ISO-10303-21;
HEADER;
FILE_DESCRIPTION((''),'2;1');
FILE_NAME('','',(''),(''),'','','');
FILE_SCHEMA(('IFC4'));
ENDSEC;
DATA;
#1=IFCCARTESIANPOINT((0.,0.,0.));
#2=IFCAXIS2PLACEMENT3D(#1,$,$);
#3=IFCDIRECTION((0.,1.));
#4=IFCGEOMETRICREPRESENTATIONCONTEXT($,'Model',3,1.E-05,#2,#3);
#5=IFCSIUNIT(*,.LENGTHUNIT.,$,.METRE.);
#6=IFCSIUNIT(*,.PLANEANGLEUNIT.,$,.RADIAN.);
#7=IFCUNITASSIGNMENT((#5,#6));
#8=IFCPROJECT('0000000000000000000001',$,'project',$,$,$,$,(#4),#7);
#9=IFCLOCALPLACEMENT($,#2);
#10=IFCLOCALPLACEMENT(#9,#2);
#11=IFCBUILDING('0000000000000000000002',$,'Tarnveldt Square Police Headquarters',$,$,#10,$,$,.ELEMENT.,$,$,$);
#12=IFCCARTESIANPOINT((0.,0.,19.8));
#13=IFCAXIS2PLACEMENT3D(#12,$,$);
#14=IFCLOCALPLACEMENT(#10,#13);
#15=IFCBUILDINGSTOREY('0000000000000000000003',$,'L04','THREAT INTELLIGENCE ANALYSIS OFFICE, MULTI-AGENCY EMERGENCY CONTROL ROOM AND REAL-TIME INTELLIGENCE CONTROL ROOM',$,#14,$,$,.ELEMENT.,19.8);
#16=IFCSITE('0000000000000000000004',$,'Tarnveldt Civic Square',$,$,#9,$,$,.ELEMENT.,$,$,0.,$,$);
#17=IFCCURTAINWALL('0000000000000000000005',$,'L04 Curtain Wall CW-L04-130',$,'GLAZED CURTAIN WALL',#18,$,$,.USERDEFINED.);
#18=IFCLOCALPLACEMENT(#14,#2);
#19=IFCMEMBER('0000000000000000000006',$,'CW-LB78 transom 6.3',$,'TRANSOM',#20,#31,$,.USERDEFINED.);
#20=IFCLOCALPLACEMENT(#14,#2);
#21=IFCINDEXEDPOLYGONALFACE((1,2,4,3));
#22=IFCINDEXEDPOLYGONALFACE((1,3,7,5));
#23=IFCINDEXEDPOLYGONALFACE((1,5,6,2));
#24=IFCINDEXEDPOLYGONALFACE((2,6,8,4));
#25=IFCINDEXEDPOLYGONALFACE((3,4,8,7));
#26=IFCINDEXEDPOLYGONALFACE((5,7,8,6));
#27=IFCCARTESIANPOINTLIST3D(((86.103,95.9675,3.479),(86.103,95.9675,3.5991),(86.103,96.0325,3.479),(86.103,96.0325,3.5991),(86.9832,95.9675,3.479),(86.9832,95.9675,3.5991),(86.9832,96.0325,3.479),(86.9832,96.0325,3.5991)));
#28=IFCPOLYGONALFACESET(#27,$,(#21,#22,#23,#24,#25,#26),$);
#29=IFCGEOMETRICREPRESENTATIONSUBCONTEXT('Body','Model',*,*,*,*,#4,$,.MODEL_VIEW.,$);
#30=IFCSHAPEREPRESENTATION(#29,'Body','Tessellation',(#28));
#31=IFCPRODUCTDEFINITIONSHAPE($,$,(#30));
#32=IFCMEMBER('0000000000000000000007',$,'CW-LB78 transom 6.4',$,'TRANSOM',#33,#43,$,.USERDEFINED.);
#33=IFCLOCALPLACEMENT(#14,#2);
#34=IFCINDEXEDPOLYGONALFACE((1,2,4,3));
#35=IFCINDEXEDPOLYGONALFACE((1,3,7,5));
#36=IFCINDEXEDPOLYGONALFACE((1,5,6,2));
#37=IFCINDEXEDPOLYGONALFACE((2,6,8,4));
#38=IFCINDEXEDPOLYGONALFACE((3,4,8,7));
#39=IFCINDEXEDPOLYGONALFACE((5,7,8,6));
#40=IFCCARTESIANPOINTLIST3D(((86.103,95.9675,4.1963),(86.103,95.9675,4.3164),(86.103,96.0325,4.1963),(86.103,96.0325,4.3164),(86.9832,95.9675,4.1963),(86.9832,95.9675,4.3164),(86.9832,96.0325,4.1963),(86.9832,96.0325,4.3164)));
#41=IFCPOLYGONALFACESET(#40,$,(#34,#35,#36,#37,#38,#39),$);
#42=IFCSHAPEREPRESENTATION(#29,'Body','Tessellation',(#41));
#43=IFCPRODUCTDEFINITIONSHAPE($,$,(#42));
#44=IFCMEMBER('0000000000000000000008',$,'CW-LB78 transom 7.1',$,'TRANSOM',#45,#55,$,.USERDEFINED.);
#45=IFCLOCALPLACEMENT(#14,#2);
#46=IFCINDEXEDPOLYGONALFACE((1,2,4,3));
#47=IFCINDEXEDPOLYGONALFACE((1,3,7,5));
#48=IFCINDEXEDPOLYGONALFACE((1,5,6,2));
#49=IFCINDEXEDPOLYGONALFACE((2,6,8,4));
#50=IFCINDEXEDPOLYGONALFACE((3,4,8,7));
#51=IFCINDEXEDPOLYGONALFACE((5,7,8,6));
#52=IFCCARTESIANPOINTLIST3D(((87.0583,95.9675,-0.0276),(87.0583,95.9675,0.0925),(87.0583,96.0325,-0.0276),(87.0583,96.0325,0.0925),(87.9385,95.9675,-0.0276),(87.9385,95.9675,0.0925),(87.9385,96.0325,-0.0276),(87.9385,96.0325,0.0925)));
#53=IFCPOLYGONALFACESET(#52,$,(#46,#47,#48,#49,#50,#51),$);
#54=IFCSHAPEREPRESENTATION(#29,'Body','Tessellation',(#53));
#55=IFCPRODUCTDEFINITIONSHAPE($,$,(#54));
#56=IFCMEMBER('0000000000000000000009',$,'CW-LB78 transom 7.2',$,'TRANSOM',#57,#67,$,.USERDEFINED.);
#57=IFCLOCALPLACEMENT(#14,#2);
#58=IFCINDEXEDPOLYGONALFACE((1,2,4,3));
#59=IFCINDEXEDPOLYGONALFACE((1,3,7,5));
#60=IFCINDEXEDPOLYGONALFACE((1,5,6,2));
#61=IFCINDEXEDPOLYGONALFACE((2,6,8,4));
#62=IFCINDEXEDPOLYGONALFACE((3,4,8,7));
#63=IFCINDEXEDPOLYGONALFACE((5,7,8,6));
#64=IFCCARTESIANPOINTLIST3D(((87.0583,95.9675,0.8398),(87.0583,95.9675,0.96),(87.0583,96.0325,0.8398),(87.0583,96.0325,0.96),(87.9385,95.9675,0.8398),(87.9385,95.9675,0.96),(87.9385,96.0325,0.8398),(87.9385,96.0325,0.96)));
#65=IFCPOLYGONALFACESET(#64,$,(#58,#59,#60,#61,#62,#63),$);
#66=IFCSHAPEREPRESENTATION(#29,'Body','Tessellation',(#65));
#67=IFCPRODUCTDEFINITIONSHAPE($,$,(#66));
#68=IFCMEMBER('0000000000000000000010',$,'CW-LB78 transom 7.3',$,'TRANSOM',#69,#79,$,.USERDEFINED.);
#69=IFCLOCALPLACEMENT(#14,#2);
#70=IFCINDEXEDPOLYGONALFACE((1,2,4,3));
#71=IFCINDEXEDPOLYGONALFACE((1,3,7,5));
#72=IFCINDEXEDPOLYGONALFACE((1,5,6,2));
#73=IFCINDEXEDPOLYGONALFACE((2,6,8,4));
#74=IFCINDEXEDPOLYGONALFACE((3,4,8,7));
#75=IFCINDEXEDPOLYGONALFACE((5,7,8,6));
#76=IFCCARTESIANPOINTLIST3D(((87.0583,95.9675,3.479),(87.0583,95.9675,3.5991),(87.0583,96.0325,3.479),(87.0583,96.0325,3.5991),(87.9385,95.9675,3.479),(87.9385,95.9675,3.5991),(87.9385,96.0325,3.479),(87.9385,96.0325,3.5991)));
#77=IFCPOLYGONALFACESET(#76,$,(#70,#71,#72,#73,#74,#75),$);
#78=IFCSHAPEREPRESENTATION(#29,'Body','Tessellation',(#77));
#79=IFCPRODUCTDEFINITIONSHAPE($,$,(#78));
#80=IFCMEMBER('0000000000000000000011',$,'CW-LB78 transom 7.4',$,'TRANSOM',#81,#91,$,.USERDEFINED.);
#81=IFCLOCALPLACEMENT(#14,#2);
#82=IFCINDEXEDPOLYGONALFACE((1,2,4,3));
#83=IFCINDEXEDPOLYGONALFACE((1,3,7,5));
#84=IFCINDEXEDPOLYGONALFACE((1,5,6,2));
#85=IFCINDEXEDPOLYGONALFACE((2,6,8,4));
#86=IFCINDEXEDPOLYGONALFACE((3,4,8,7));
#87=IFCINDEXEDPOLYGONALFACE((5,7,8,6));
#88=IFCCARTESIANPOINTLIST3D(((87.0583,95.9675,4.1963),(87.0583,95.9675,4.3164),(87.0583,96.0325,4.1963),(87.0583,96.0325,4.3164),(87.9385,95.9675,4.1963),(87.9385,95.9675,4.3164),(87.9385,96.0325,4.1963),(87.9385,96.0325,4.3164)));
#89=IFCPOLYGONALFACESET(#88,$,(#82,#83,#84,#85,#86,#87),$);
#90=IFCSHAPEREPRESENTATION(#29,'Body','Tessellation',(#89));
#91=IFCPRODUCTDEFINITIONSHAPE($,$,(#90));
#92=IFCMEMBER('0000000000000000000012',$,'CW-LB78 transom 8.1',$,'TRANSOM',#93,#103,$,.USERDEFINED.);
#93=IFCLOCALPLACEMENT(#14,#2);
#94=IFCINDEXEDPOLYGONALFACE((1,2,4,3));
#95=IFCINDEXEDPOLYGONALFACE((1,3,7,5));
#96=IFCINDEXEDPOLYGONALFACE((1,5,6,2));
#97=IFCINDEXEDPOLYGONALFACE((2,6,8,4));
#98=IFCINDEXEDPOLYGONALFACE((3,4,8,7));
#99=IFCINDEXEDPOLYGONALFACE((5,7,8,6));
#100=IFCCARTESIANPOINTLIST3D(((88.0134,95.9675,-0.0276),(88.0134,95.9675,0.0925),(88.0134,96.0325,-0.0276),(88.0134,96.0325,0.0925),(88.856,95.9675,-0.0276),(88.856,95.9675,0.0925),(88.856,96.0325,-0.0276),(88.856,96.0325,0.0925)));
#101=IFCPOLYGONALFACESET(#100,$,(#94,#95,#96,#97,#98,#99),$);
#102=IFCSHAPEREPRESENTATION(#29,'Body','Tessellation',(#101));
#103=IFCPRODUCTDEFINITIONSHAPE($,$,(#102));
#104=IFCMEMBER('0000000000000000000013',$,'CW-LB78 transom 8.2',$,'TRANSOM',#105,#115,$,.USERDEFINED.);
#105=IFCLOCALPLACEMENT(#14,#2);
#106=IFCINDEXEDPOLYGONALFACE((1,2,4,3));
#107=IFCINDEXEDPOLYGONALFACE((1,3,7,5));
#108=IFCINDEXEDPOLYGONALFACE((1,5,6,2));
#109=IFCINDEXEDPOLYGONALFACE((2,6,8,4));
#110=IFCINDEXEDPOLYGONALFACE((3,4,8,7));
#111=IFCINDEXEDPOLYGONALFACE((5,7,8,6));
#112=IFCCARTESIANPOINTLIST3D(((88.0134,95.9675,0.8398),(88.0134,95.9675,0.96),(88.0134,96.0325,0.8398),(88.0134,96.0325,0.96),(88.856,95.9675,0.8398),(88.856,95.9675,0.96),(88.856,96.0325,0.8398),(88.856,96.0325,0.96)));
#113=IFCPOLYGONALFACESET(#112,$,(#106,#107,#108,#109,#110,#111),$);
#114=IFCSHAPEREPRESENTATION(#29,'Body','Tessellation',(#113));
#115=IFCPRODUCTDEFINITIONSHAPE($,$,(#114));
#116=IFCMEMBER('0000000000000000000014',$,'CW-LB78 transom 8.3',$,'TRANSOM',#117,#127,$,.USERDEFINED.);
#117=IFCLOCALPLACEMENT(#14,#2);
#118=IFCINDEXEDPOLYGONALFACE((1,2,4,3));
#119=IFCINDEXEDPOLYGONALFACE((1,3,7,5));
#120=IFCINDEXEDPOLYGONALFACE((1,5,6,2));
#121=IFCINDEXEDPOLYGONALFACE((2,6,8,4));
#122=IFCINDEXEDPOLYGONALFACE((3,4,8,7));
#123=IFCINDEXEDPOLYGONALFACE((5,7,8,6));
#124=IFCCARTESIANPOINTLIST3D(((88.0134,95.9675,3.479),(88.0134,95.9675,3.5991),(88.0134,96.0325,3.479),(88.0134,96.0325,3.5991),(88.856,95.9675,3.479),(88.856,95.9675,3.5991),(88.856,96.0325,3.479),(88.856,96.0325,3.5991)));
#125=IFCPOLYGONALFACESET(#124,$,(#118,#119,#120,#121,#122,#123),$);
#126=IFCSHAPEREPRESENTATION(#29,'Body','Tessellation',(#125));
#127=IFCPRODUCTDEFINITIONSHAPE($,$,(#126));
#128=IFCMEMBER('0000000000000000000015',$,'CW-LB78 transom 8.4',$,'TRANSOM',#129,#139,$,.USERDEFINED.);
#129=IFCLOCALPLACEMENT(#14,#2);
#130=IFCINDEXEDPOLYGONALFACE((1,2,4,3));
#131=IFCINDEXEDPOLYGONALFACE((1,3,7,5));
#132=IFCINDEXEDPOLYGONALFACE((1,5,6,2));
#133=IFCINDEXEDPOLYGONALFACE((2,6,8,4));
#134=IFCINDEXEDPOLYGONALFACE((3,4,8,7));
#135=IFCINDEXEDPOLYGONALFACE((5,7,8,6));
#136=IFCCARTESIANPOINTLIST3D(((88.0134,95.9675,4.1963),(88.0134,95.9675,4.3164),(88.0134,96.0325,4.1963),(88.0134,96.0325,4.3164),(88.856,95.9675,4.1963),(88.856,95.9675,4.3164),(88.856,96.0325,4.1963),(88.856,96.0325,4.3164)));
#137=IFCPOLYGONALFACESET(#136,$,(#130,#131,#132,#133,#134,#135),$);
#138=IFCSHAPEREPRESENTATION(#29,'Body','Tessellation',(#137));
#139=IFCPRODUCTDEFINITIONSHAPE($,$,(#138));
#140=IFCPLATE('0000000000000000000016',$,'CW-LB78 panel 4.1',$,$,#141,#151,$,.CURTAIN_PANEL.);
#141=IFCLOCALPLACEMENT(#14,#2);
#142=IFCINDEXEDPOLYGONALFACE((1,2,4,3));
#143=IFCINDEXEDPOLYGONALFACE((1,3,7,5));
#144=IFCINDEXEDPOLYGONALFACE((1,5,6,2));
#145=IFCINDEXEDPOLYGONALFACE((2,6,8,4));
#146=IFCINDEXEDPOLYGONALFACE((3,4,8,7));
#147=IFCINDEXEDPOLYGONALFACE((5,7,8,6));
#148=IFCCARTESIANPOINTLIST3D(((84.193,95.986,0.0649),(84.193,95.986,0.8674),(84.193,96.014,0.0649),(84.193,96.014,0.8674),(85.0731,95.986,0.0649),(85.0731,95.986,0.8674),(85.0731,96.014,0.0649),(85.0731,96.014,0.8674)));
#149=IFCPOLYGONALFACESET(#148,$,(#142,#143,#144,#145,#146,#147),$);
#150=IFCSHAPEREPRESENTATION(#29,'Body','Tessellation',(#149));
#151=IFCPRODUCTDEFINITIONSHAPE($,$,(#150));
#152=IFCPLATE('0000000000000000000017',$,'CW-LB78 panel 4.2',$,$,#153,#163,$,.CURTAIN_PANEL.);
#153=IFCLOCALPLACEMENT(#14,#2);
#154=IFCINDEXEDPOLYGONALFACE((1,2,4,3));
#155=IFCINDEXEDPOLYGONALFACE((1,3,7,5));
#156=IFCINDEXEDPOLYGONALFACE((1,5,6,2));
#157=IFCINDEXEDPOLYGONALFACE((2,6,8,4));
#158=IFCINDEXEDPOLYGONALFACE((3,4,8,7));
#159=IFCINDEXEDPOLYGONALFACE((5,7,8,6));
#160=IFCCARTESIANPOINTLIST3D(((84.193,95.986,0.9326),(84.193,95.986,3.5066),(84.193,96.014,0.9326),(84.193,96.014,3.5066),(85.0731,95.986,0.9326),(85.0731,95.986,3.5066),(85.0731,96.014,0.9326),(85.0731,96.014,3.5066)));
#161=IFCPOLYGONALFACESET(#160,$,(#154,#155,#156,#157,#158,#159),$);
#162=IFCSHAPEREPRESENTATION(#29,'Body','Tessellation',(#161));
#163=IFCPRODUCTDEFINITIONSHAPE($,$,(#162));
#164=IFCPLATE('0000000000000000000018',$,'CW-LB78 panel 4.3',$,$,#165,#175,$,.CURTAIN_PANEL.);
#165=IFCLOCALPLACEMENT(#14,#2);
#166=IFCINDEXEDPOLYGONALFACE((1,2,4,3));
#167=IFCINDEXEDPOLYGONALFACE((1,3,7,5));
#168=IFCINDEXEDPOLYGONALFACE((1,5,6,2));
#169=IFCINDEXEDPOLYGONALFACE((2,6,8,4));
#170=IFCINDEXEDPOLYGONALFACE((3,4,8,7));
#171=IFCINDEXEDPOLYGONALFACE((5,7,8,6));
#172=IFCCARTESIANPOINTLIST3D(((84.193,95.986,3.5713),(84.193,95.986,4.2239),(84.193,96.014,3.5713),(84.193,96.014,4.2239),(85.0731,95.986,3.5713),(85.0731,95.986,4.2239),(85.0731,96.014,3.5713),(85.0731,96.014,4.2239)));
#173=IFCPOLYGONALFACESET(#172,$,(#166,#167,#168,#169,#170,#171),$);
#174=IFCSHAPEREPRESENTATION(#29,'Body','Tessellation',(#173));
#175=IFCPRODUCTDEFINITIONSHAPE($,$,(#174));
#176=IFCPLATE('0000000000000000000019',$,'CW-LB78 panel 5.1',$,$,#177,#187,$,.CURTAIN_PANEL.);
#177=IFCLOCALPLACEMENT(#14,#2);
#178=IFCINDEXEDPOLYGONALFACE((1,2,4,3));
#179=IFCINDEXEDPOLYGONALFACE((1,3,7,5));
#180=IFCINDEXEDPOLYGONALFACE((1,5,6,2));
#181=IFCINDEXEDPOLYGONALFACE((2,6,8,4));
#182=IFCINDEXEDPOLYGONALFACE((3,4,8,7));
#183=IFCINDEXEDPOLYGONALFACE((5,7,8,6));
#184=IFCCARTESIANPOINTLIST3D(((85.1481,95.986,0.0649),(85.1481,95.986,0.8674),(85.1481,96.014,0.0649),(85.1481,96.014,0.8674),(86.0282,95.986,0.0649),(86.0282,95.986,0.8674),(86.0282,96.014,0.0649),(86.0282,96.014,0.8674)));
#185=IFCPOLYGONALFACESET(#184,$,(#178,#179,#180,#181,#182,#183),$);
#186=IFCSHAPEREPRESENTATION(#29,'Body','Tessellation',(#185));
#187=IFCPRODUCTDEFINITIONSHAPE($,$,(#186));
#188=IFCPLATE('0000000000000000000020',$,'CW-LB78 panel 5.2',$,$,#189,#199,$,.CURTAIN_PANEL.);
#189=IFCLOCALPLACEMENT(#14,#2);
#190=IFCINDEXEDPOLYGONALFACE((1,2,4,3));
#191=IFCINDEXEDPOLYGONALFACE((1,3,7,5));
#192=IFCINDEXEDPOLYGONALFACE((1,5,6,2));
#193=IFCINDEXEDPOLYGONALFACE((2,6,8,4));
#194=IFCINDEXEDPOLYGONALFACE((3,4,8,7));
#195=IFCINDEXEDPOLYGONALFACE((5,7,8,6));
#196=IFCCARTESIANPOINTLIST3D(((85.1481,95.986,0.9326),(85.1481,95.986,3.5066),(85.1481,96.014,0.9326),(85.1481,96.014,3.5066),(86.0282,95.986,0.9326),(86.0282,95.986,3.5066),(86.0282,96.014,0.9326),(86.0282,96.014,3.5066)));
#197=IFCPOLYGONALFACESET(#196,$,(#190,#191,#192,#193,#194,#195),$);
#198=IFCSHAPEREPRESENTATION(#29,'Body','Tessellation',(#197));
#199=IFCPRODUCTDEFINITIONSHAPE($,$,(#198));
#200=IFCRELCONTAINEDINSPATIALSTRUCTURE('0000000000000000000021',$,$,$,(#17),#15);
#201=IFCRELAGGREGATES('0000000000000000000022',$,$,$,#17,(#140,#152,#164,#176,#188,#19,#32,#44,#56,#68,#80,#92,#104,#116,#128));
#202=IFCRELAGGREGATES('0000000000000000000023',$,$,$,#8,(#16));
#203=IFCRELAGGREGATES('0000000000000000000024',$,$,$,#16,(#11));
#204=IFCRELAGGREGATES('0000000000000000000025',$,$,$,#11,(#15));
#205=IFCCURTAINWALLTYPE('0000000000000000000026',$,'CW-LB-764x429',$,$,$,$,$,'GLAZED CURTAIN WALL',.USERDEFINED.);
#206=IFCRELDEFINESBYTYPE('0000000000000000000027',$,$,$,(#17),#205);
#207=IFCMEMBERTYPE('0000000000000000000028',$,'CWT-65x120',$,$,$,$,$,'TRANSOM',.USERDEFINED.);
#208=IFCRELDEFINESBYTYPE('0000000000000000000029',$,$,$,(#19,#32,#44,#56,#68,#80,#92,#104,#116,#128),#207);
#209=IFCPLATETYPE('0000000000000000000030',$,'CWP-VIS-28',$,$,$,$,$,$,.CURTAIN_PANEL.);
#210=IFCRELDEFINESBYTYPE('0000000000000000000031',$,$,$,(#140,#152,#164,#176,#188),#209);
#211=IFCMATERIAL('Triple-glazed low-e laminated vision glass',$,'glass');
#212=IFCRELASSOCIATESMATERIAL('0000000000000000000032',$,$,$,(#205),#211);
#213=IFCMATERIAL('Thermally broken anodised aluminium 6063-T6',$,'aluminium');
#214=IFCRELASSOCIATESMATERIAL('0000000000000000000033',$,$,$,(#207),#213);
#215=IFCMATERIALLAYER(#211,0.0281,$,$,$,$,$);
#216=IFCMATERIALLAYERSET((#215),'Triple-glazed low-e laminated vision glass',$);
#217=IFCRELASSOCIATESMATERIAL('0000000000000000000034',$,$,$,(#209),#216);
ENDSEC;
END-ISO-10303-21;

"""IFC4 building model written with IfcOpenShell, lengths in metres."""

from ifc_helpers import new_model, si_unit, direction, frame, origin, origin_2d, place, context, subcontext, project, spatial, rectangle, extrude, material, layer, layer_set, material_profile, profile_set, type_object, element, aggregate, save


model = new_model("IFC4")

# Units and contexts
model_context = context("Model", 3, precision=1e-05, world=origin(), true_north=direction((0.0, 1.0)))
body_context = subcontext(model_context, "Body", "Model", "MODEL_VIEW")
ifc_project = project(units=[si_unit("LENGTHUNIT", "METRE"), si_unit("PLANEANGLEUNIT", "RADIAN")], contexts=[model_context])

# Site, building, storey
site_placement = place(None, origin())
site = spatial("IfcSite", under=ifc_project, at=site_placement, Name="Tarnveldt Civic Square", CompositionType="ELEMENT", RefElevation=0.0)
building_placement = place(site_placement, origin())
building = spatial("IfcBuilding", under=site, at=building_placement, Name="Tarnveldt Square Police Headquarters", CompositionType="ELEMENT")
storey_placement = place(building_placement, frame((0.0, 0.0, 19.8)))
storey = spatial("IfcBuildingStorey", under=building, at=storey_placement, Name="L04", Description="THREAT INTELLIGENCE ANALYSIS OFFICE, MULTI-AGENCY EMERGENCY CONTROL ROOM AND REAL-TIME INTELLIGENCE CONTROL ROOM", CompositionType="ELEMENT", Elevation=19.8)

# Curtain wall, members, plates
ifc_material_1 = material(Name="Triple-glazed low-e laminated vision glass", Category="glass")
curtain_wall_type = type_object("IfcCurtainWallType", Name="CW-LB-764x429", ElementType="GLAZED CURTAIN WALL", PredefinedType="USERDEFINED", material=ifc_material_1)
curtain_wall_placement = place(storey_placement, origin())
curtain_wall = element("IfcCurtainWall", 1, at=curtain_wall_placement, inside=storey, type_object=curtain_wall_type, Name="L04 Curtain Wall CW-L04-130", ObjectType="GLAZED CURTAIN WALL", PredefinedType="USERDEFINED")
ifc_material_2 = material(Name="Thermally broken anodised aluminium 6063-T6", Category="aluminium")
ifc_material_profile_1 = material_profile(ifc_material_2, rectangle(XDim=0.0649, YDim=0.1201, at=origin_2d()), Name="CW-T65x120")
ifc_profile_set_1 = profile_set([ifc_material_profile_1], Name="Thermally broken anodised aluminium 6063-T6")
member_type_1 = type_object("IfcMemberType", Name="CWT-65x120", ElementType="TRANSOM", PredefinedType="USERDEFINED", material=ifc_profile_set_1)
member_1_placement = place(storey_placement, frame((86.103, 96.0, 3.5391), z_axis=(1.0, 0.0, 0.0), x_axis=(0.0, 1.0, 0.0)))
member_1 = element("IfcMember", 2, at=member_1_placement, type_object=member_type_1, Name="CW-LB78 transom 6.3", ObjectType="TRANSOM", PredefinedType="USERDEFINED", context=body_context, shape_type="SweptSolid", body=[
    extrude(rectangle(XDim=0.0649, YDim=0.1201, at=origin_2d()), origin(), (0.0, 0.0, 1.0), 0.8801),
])
member_2_placement = place(storey_placement, frame((86.103, 96.0, 4.2563), z_axis=(1.0, 0.0, 0.0), x_axis=(0.0, 1.0, 0.0)))
member_2 = element("IfcMember", 3, at=member_2_placement, type_object=member_type_1, Name="CW-LB78 transom 6.4", ObjectType="TRANSOM", PredefinedType="USERDEFINED", context=body_context, shape_type="SweptSolid", body=[
    extrude(rectangle(XDim=0.0649, YDim=0.1201, at=origin_2d()), origin(), (0.0, 0.0, 1.0), 0.8801),
])
member_3_placement = place(storey_placement, frame((87.0583, 96.0, 0.0325), z_axis=(1.0, 0.0, 0.0), x_axis=(0.0, 1.0, 0.0)))
member_3 = element("IfcMember", 4, at=member_3_placement, type_object=member_type_1, Name="CW-LB78 transom 7.1", ObjectType="TRANSOM", PredefinedType="USERDEFINED", context=body_context, shape_type="SweptSolid", body=[
    extrude(rectangle(XDim=0.0649, YDim=0.1201, at=origin_2d()), origin(), (0.0, 0.0, 1.0), 0.8801),
])
member_4_placement = place(storey_placement, frame((87.0583, 96.0, 0.8999), z_axis=(1.0, 0.0, 0.0), x_axis=(0.0, 1.0, 0.0)))
member_4 = element("IfcMember", 5, at=member_4_placement, type_object=member_type_1, Name="CW-LB78 transom 7.2", ObjectType="TRANSOM", PredefinedType="USERDEFINED", context=body_context, shape_type="SweptSolid", body=[
    extrude(rectangle(XDim=0.0649, YDim=0.1201, at=origin_2d()), origin(), (0.0, 0.0, 1.0), 0.8801),
])
member_5_placement = place(storey_placement, frame((87.0583, 96.0, 3.5391), z_axis=(1.0, 0.0, 0.0), x_axis=(0.0, 1.0, 0.0)))
member_5 = element("IfcMember", 6, at=member_5_placement, type_object=member_type_1, Name="CW-LB78 transom 7.3", ObjectType="TRANSOM", PredefinedType="USERDEFINED", context=body_context, shape_type="SweptSolid", body=[
    extrude(rectangle(XDim=0.0649, YDim=0.1201, at=origin_2d()), origin(), (0.0, 0.0, 1.0), 0.8801),
])
member_6_placement = place(storey_placement, frame((87.0583, 96.0, 4.2563), z_axis=(1.0, 0.0, 0.0), x_axis=(0.0, 1.0, 0.0)))
member_6 = element("IfcMember", 7, at=member_6_placement, type_object=member_type_1, Name="CW-LB78 transom 7.4", ObjectType="TRANSOM", PredefinedType="USERDEFINED", context=body_context, shape_type="SweptSolid", body=[
    extrude(rectangle(XDim=0.0649, YDim=0.1201, at=origin_2d()), origin(), (0.0, 0.0, 1.0), 0.8801),
])
member_7_placement = place(storey_placement, frame((88.0134, 96.0, 0.0325), z_axis=(1.0, 0.0, 0.0), x_axis=(0.0, 1.0, 0.0)))
member_7 = element("IfcMember", 8, at=member_7_placement, type_object=member_type_1, Name="CW-LB78 transom 8.1", ObjectType="TRANSOM", PredefinedType="USERDEFINED", context=body_context, shape_type="SweptSolid", body=[
    extrude(rectangle(XDim=0.0649, YDim=0.1201, at=origin_2d()), origin(), (0.0, 0.0, 1.0), 0.8425),
])
member_8_placement = place(storey_placement, frame((88.0134, 96.0, 0.8999), z_axis=(1.0, 0.0, 0.0), x_axis=(0.0, 1.0, 0.0)))
member_8 = element("IfcMember", 9, at=member_8_placement, type_object=member_type_1, Name="CW-LB78 transom 8.2", ObjectType="TRANSOM", PredefinedType="USERDEFINED", context=body_context, shape_type="SweptSolid", body=[
    extrude(rectangle(XDim=0.0649, YDim=0.1201, at=origin_2d()), origin(), (0.0, 0.0, 1.0), 0.8425),
])
member_9_placement = place(storey_placement, frame((88.0134, 96.0, 3.5391), z_axis=(1.0, 0.0, 0.0), x_axis=(0.0, 1.0, 0.0)))
member_9 = element("IfcMember", 10, at=member_9_placement, type_object=member_type_1, Name="CW-LB78 transom 8.3", ObjectType="TRANSOM", PredefinedType="USERDEFINED", context=body_context, shape_type="SweptSolid", body=[
    extrude(rectangle(XDim=0.0649, YDim=0.1201, at=origin_2d()), origin(), (0.0, 0.0, 1.0), 0.8425),
])
member_10_placement = place(storey_placement, frame((88.0134, 96.0, 4.2563), z_axis=(1.0, 0.0, 0.0), x_axis=(0.0, 1.0, 0.0)))
member_10 = element("IfcMember", 11, at=member_10_placement, type_object=member_type_1, Name="CW-LB78 transom 8.4", ObjectType="TRANSOM", PredefinedType="USERDEFINED", context=body_context, shape_type="SweptSolid", body=[
    extrude(rectangle(XDim=0.0649, YDim=0.1201, at=origin_2d()), origin(), (0.0, 0.0, 1.0), 0.8425),
])
ifc_layer = layer(ifc_material_1, 0.0281)
ifc_layer_set = layer_set([ifc_layer], Name="Triple-glazed low-e laminated vision glass")
plate_type = type_object("IfcPlateType", Name="CWP-VIS-28", PredefinedType="CURTAIN_PANEL", material=ifc_layer_set)
plate_1_placement = place(storey_placement, frame((84.6331, 96.0, 0.0649), z_axis=(0.0, 0.0, 1.0), x_axis=(1.0, 0.0, 0.0)))
plate_1 = element("IfcPlate", 12, at=plate_1_placement, type_object=plate_type, Name="CW-LB78 panel 4.1", PredefinedType="CURTAIN_PANEL", context=body_context, shape_type="SweptSolid", body=[
    extrude(rectangle(XDim=0.8801, YDim=0.0281, at=origin_2d()), origin(), (0.0, 0.0, 1.0), 0.8025),
])
plate_2_placement = place(storey_placement, frame((84.6331, 96.0, 0.9326), z_axis=(0.0, 0.0, 1.0), x_axis=(1.0, 0.0, 0.0)))
plate_2 = element("IfcPlate", 13, at=plate_2_placement, type_object=plate_type, Name="CW-LB78 panel 4.2", PredefinedType="CURTAIN_PANEL", context=body_context, shape_type="SweptSolid", body=[
    extrude(rectangle(XDim=0.8801, YDim=0.0281, at=origin_2d()), origin(), (0.0, 0.0, 1.0), 2.574),
])
plate_3_placement = place(storey_placement, frame((84.6331, 96.0, 3.5713), z_axis=(0.0, 0.0, 1.0), x_axis=(1.0, 0.0, 0.0)))
plate_3 = element("IfcPlate", 14, at=plate_3_placement, type_object=plate_type, Name="CW-LB78 panel 4.3", PredefinedType="CURTAIN_PANEL", context=body_context, shape_type="SweptSolid", body=[
    extrude(rectangle(XDim=0.8801, YDim=0.0281, at=origin_2d()), origin(), (0.0, 0.0, 1.0), 0.6526),
])
plate_4_placement = place(storey_placement, frame((85.5881, 96.0, 0.0649), z_axis=(0.0, 0.0, 1.0), x_axis=(1.0, 0.0, 0.0)))
plate_4 = element("IfcPlate", 15, at=plate_4_placement, type_object=plate_type, Name="CW-LB78 panel 5.1", PredefinedType="CURTAIN_PANEL", context=body_context, shape_type="SweptSolid", body=[
    extrude(rectangle(XDim=0.8801, YDim=0.0281, at=origin_2d()), origin(), (0.0, 0.0, 1.0), 0.8025),
])
plate_5_placement = place(storey_placement, frame((85.5881, 96.0, 0.9326), z_axis=(0.0, 0.0, 1.0), x_axis=(1.0, 0.0, 0.0)))
plate_5 = element("IfcPlate", 16, at=plate_5_placement, type_object=plate_type, Name="CW-LB78 panel 5.2", PredefinedType="CURTAIN_PANEL", context=body_context, shape_type="SweptSolid", body=[
    extrude(rectangle(XDim=0.8801, YDim=0.0281, at=origin_2d()), origin(), (0.0, 0.0, 1.0), 2.574),
])
aggregate(curtain_wall, [plate_1, plate_2, plate_3, plate_4, plate_5, member_1, member_2, member_3, member_4, member_5, member_6, member_7, member_8, member_9, member_10])

save(model, "model.ifc")
